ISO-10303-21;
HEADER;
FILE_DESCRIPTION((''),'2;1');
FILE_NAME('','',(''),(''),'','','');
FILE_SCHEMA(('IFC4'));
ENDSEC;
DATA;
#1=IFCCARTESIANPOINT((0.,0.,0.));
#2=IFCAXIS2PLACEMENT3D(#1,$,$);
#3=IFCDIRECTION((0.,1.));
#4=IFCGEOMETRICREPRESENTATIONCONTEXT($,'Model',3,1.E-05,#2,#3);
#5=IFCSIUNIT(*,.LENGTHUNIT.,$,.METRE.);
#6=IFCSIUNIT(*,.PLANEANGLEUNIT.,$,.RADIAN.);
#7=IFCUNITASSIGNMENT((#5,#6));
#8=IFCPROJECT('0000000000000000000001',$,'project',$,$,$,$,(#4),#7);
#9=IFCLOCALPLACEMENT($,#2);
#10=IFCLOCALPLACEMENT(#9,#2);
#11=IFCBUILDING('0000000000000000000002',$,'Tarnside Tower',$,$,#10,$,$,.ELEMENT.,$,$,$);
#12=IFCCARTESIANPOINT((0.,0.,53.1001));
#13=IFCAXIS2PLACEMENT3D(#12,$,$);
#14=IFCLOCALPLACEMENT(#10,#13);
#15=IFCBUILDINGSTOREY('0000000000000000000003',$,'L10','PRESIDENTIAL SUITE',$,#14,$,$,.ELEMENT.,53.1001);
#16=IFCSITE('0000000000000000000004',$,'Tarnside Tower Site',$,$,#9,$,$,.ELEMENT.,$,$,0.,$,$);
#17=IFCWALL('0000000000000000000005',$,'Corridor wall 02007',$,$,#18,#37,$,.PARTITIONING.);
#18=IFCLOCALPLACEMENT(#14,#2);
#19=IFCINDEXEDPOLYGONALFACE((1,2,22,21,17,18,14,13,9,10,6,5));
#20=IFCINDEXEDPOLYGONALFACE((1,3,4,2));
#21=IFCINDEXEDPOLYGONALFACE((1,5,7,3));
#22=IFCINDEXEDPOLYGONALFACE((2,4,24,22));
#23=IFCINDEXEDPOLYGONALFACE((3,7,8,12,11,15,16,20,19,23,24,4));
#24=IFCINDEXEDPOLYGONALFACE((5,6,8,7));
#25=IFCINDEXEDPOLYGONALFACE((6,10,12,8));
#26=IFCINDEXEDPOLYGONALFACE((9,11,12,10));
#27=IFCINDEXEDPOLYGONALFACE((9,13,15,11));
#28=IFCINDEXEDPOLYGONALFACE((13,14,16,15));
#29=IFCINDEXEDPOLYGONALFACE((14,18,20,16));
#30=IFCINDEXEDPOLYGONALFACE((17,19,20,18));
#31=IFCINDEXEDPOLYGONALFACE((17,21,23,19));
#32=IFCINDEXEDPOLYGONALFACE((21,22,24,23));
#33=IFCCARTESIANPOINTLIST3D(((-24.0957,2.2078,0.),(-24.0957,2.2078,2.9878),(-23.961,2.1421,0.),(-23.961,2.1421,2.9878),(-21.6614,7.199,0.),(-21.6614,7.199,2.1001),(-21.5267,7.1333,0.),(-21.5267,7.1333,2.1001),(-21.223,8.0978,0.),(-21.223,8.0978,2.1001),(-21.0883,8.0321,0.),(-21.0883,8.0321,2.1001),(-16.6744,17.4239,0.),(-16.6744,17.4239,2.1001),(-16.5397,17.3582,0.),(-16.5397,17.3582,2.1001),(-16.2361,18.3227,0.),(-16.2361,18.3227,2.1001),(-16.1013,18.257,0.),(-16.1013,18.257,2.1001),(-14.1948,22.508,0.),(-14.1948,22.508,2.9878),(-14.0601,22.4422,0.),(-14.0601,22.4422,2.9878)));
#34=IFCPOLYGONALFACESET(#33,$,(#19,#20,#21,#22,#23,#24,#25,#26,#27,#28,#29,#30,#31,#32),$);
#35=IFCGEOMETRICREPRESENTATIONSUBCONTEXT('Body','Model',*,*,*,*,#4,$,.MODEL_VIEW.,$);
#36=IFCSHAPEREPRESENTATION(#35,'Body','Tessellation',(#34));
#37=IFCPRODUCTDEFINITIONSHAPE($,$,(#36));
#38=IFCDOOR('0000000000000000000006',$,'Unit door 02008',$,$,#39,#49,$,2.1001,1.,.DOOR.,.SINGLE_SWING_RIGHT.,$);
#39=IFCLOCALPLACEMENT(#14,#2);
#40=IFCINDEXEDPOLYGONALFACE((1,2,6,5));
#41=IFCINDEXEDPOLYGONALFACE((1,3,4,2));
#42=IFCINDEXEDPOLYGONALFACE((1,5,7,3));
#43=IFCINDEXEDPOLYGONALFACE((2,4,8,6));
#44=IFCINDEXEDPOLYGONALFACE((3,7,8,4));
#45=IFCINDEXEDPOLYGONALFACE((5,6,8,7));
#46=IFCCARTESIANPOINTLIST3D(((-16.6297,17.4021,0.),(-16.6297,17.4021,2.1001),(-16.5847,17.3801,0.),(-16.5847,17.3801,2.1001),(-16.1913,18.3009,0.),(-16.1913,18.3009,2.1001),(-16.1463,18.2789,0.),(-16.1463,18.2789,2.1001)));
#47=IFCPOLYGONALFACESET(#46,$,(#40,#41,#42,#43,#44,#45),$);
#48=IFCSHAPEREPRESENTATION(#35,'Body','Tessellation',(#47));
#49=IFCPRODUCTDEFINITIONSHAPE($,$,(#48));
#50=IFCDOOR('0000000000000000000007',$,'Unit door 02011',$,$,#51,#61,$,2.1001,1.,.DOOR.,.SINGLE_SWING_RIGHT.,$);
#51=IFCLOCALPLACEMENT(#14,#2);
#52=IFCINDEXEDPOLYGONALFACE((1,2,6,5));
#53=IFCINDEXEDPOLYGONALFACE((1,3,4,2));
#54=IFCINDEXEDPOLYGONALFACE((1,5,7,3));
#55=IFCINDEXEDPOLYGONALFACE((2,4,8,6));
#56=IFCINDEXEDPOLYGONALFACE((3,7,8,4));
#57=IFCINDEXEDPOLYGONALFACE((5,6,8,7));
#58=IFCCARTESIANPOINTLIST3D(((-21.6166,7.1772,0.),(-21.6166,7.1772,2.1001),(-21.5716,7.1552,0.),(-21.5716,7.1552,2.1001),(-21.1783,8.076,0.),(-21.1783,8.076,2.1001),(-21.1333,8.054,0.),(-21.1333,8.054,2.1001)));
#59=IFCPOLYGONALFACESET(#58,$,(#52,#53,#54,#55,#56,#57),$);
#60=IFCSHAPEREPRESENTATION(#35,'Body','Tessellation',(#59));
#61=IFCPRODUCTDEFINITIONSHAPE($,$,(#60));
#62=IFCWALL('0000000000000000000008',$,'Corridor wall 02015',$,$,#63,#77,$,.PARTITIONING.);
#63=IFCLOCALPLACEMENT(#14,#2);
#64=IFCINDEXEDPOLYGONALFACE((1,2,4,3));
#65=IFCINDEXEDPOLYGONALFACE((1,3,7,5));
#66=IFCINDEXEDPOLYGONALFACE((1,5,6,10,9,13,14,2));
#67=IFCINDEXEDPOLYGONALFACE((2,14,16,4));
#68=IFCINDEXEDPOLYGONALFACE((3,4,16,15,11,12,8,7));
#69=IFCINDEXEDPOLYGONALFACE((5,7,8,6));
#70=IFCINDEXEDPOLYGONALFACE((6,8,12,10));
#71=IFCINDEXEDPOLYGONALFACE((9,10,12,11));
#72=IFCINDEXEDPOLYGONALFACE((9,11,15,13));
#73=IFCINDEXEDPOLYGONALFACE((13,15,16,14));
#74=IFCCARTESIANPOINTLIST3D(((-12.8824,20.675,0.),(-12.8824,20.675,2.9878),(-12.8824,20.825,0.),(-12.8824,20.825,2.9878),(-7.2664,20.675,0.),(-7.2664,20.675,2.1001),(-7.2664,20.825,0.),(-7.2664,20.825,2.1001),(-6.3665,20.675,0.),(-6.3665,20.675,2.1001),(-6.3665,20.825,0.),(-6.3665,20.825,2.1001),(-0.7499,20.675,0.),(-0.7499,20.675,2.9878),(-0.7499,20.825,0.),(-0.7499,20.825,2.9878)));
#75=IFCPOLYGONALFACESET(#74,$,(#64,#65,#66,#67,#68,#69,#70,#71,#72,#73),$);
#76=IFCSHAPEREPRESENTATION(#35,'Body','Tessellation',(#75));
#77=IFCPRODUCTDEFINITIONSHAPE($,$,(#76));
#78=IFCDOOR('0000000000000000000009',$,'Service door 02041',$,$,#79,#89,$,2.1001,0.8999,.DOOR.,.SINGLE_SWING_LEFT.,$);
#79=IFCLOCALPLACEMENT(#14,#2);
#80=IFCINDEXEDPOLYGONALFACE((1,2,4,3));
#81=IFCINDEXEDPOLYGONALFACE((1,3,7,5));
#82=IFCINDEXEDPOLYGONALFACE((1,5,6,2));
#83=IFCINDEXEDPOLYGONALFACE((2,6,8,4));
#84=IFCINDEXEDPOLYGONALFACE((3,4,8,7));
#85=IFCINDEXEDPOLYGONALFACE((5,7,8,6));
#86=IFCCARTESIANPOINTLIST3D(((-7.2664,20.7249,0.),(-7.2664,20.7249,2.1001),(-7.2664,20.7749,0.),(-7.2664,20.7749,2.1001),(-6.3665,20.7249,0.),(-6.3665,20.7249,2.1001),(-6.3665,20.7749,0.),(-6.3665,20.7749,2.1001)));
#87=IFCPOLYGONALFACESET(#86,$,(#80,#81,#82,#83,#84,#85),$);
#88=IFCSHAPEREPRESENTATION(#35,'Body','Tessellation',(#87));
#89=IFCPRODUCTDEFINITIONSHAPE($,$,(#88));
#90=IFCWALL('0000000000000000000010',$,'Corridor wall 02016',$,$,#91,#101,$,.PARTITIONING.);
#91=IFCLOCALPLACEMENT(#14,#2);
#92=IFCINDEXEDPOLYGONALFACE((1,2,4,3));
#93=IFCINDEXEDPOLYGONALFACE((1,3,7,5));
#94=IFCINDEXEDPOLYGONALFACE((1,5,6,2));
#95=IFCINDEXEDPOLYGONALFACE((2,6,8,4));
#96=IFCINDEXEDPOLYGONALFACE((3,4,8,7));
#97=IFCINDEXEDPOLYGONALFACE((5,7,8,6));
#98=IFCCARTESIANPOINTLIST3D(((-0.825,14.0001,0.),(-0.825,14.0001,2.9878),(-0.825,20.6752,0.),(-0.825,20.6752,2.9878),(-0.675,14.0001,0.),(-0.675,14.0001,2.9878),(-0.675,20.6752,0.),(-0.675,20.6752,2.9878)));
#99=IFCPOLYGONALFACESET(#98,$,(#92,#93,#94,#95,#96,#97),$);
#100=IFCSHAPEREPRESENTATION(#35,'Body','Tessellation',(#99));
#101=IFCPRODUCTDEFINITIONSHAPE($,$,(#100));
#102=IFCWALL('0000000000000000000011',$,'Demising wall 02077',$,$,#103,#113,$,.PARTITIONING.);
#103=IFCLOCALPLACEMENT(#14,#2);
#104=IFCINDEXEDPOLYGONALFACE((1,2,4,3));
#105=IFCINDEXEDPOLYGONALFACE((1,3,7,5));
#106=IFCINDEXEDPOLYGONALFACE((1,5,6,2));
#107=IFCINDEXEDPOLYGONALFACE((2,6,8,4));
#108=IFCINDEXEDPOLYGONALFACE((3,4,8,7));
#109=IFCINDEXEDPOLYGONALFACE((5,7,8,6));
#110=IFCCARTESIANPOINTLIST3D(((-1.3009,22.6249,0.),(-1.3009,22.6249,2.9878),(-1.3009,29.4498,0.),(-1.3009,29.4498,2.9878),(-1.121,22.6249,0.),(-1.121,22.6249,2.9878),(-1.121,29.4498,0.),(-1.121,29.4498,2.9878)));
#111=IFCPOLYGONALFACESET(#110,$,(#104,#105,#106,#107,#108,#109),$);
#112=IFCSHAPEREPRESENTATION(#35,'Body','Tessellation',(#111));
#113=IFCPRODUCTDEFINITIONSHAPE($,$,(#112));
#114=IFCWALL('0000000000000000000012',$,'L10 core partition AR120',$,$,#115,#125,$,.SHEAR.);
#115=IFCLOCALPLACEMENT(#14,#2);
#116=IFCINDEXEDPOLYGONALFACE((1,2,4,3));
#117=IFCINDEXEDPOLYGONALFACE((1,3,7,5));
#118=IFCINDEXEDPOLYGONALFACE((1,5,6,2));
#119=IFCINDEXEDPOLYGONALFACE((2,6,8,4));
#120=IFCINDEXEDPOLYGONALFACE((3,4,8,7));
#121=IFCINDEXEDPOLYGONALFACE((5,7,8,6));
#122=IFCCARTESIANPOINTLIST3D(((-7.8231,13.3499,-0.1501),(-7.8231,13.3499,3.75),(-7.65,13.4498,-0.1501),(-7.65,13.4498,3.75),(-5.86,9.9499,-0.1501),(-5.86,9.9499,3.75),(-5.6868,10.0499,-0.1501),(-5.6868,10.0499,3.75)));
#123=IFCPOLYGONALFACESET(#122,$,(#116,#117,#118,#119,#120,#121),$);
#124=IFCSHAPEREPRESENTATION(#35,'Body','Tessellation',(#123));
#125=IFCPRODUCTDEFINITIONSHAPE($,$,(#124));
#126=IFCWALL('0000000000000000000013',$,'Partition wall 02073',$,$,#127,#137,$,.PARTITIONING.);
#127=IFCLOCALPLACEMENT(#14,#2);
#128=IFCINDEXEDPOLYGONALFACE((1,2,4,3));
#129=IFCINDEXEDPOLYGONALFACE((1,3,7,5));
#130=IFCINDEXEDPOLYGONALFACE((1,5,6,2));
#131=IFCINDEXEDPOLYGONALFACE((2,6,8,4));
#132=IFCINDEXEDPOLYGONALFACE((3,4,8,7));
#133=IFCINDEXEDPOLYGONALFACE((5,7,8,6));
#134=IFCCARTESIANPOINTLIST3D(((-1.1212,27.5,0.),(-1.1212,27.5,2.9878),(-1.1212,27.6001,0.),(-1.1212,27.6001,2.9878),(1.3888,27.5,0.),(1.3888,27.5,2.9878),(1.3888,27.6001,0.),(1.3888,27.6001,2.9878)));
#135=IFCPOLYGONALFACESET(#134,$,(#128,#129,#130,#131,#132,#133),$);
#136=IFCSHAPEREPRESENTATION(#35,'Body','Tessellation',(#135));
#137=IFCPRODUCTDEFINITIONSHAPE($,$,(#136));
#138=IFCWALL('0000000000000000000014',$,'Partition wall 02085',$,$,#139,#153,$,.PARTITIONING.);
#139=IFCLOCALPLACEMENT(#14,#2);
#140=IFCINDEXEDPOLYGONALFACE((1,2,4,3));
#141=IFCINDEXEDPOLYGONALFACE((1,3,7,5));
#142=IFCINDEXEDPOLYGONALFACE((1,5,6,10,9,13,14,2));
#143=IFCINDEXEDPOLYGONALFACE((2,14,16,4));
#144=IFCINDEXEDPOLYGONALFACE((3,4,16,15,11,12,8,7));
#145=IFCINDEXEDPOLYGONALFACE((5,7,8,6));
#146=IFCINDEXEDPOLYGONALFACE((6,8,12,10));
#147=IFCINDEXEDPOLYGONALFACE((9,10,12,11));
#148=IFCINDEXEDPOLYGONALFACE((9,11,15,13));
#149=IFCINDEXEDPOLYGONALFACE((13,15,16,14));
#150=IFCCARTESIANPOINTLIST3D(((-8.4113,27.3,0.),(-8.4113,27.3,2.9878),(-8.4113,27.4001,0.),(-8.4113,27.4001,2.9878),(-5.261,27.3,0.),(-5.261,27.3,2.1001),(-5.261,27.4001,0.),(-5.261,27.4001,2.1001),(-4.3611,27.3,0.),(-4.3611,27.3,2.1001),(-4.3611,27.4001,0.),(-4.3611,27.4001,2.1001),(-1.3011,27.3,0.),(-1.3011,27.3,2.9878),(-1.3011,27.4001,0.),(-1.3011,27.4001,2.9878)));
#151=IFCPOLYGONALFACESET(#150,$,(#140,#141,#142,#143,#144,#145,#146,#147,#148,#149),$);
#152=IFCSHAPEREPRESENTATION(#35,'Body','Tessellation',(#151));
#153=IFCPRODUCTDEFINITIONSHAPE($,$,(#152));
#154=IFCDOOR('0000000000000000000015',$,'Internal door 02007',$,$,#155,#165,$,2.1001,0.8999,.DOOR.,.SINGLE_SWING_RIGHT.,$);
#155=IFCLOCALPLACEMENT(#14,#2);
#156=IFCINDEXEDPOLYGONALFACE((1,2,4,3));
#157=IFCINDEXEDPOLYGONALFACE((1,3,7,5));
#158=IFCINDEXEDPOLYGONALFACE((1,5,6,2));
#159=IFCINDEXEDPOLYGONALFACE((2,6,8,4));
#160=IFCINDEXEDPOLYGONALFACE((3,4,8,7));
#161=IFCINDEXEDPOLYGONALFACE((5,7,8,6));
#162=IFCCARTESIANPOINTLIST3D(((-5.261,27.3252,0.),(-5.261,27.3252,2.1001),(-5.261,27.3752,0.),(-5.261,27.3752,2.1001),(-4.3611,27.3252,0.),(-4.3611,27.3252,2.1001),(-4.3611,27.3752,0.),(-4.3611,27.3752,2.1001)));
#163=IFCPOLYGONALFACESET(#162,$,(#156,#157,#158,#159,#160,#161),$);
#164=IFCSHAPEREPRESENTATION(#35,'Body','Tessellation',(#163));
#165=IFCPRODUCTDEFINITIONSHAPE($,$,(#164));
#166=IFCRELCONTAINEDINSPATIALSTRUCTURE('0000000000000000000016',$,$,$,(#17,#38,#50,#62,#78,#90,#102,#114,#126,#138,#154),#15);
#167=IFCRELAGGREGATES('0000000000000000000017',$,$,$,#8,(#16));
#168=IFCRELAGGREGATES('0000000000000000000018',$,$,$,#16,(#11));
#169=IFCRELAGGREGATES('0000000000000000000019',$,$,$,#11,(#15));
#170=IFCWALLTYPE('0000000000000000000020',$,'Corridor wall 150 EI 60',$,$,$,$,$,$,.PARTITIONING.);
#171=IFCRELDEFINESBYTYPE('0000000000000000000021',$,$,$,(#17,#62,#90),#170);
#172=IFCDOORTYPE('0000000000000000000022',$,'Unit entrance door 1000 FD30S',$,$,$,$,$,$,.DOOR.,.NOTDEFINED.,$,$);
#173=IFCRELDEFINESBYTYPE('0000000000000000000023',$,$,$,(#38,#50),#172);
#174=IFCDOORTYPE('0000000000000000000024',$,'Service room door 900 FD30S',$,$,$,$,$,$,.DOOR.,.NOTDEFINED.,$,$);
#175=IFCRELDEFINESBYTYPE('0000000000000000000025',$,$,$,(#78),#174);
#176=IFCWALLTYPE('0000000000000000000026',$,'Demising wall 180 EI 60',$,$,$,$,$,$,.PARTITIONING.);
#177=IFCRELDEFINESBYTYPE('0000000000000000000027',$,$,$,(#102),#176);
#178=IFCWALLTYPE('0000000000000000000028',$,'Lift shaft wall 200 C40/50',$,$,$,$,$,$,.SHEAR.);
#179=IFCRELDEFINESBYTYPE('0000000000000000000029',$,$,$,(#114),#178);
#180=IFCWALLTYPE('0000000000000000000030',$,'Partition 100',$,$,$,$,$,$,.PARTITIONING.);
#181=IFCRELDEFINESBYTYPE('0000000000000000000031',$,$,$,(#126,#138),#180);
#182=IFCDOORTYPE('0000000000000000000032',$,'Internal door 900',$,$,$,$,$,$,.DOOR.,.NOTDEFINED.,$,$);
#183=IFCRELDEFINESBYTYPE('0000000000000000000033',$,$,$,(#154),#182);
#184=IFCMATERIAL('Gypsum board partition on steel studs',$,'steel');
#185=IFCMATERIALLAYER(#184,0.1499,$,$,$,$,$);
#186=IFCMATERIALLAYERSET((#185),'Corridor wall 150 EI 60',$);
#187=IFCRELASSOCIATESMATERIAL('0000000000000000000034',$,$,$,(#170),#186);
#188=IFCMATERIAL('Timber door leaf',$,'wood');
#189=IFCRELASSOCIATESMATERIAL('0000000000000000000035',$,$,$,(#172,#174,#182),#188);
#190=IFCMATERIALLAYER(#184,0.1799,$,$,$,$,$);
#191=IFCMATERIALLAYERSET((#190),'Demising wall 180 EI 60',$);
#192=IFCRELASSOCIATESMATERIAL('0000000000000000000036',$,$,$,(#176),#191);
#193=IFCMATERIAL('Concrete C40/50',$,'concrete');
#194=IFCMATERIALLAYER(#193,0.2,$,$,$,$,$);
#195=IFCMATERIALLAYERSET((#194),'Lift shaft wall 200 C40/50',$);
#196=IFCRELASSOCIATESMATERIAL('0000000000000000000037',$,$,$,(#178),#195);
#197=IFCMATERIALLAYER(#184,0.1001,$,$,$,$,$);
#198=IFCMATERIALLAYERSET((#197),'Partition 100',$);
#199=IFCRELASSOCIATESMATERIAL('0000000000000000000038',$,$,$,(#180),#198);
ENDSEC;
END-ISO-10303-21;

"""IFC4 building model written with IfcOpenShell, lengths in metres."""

from ifc_helpers import new_model, si_unit, direction, frame, frame_2d, origin, place, context, subcontext, project, spatial, rectangle, extrude, material, layer, layer_set, type_object, element, fill, save


model = new_model("IFC4")

# Units and contexts
model_context = context("Model", 3, precision=1e-05, world=origin(), true_north=direction((0.0, 1.0)))
body_context = subcontext(model_context, "Body", "Model", "MODEL_VIEW")
ifc_project = project(units=[si_unit("LENGTHUNIT", "METRE"), si_unit("PLANEANGLEUNIT", "RADIAN")], contexts=[model_context])

# Site, building, storey
site_placement = place(None, origin())
site = spatial("IfcSite", under=ifc_project, at=site_placement, Name="Tarnside Tower Site", CompositionType="ELEMENT", RefElevation=0.0)
building_placement = place(site_placement, origin())
building = spatial("IfcBuilding", under=site, at=building_placement, Name="Tarnside Tower", CompositionType="ELEMENT")
storey_placement = place(building_placement, frame((0.0, 0.0, 53.1001)))
storey = spatial("IfcBuildingStorey", under=building, at=storey_placement, Name="L10", Description="PRESIDENTIAL SUITE", CompositionType="ELEMENT", Elevation=53.1001)

# Shared definitions
ifc_material_1 = material(Name="Gypsum board partition on steel studs", Category="steel")

# Shared definitions
ifc_material_2 = material(Name="Timber door leaf", Category="wood")

# Wall, openings, doors
ifc_layer_1 = layer(ifc_material_1, 0.1499)
ifc_layer_set_1 = layer_set([ifc_layer_1], Name="Corridor wall 150 EI 60")
wall_type_1 = type_object("IfcWallType", Name="Corridor wall 150 EI 60", PredefinedType="PARTITIONING", material=ifc_layer_set_1)
wall_1_placement = place(storey_placement, frame((-14.1274, 22.4751, 0.0), z_axis=(0.0, 0.0, 1.0), x_axis=(-0.438367, -0.898796, 0.0)))
wall_1 = element("IfcWall", 1, at=wall_1_placement, inside=storey, type_object=wall_type_1, Name="Corridor wall 02007", PredefinedType="PARTITIONING", context=body_context, shape_type="SweptSolid", body=[
    extrude(rectangle(XDim=22.5859, YDim=0.1499, at=frame_2d((11.293, 0.0))), origin(), (0.0, 0.0, 1.0), 2.9878),
])
opening_1_placement = place(wall_1_placement, frame((4.6565, 0.0, 0.0)))
opening_1 = element("IfcOpeningElement", 2, at=opening_1_placement, cuts=wall_1, PredefinedType="OPENING", context=body_context, shape_type="SweptSolid", body=[
    extrude(rectangle(XDim=1.0, YDim=2.1001, at=frame_2d((0.5, 1.05))), frame((0.0, 0.085, 0.0), z_axis=(0.0, -1.0, 0.0), x_axis=(1.0, 0.0, 0.0)), (0.0, 0.0, 1.0), 0.1699),
])
opening_2_placement = place(wall_1_placement, frame((16.0327, 0.0, 0.0)))
opening_2 = element("IfcOpeningElement", 3, at=opening_2_placement, cuts=wall_1, PredefinedType="OPENING", context=body_context, shape_type="SweptSolid", body=[
    extrude(rectangle(XDim=1.0, YDim=2.1001, at=frame_2d((0.5, 1.05))), frame((0.0, 0.085, 0.0), z_axis=(0.0, -1.0, 0.0), x_axis=(1.0, 0.0, 0.0)), (0.0, 0.0, 1.0), 0.1699),
])
door_type_1 = type_object("IfcDoorType", Name="Unit entrance door 1000 FD30S", OperationType="NOTDEFINED", PredefinedType="DOOR", material=ifc_material_2)
door_1_placement = place(opening_1_placement, origin())
door_1 = element("IfcDoor", 4, at=door_1_placement, inside=storey, type_object=door_type_1, Name="Unit door 02008", OperationType="SINGLE_SWING_RIGHT", OverallHeight=2.1001, OverallWidth=1.0, PredefinedType="DOOR", context=body_context, shape_type="SweptSolid", body=[
    extrude(rectangle(XDim=1.0, YDim=2.1001, at=frame_2d((0.5, 1.05))), frame((0.0, 0.0249, 0.0), z_axis=(0.0, -1.0, 0.0), x_axis=(1.0, 0.0, 0.0)), (0.0, 0.0, 1.0), 0.05),
])
fill(opening_1, door_1)
door_2_placement = place(opening_2_placement, origin())
door_2 = element("IfcDoor", 5, at=door_2_placement, inside=storey, type_object=door_type_1, Name="Unit door 02011", OperationType="SINGLE_SWING_RIGHT", OverallHeight=2.1001, OverallWidth=1.0, PredefinedType="DOOR", context=body_context, shape_type="SweptSolid", body=[
    extrude(rectangle(XDim=1.0, YDim=2.1001, at=frame_2d((0.5, 1.05))), frame((0.0, 0.0249, 0.0), z_axis=(0.0, -1.0, 0.0), x_axis=(1.0, 0.0, 0.0)), (0.0, 0.0, 1.0), 0.05),
])
fill(opening_2, door_2)

# Wall, opening, door
wall_2_placement = place(storey_placement, frame((-12.8826, 20.75, 0.0), z_axis=(0.0, 0.0, 1.0), x_axis=(1.0, 0.0, 0.0)))
wall_2 = element("IfcWall", 6, at=wall_2_placement, inside=storey, type_object=wall_type_1, Name="Corridor wall 02015", PredefinedType="PARTITIONING", context=body_context, shape_type="SweptSolid", body=[
    extrude(rectangle(XDim=12.1326, YDim=0.1499, at=frame_2d((6.0664, 0.0))), origin(), (0.0, 0.0, 1.0), 2.9878),
])
opening_3_placement = place(wall_2_placement, frame((5.6162, 0.0, 0.0)))
opening_3 = element("IfcOpeningElement", 7, at=opening_3_placement, cuts=wall_2, PredefinedType="OPENING", context=body_context, shape_type="SweptSolid", body=[
    extrude(rectangle(XDim=0.8999, YDim=2.1001, at=frame_2d((0.45, 1.05))), frame((0.0, 0.085, 0.0), z_axis=(0.0, -1.0, 0.0), x_axis=(1.0, 0.0, 0.0)), (0.0, 0.0, 1.0), 0.1699),
])
door_type_2 = type_object("IfcDoorType", Name="Service room door 900 FD30S", OperationType="NOTDEFINED", PredefinedType="DOOR", material=ifc_material_2)
door_3_placement = place(opening_3_placement, origin())
door_3 = element("IfcDoor", 8, at=door_3_placement, inside=storey, type_object=door_type_2, Name="Service door 02041", OperationType="SINGLE_SWING_LEFT", OverallHeight=2.1001, OverallWidth=0.8999, PredefinedType="DOOR", context=body_context, shape_type="SweptSolid", body=[
    extrude(rectangle(XDim=0.8999, YDim=2.1001, at=frame_2d((0.45, 1.05))), frame((0.0, 0.0249, 0.0), z_axis=(0.0, -1.0, 0.0), x_axis=(1.0, 0.0, 0.0)), (0.0, 0.0, 1.0), 0.05),
])
fill(opening_3, door_3)

# Walls
wall_3_placement = place(storey_placement, frame((-0.75, 20.675, 0.0), z_axis=(0.0, 0.0, 1.0), x_axis=(0.0, -1.0, 0.0)))
element("IfcWall", 9, at=wall_3_placement, inside=storey, type_object=wall_type_1, Name="Corridor wall 02016", PredefinedType="PARTITIONING", context=body_context, shape_type="SweptSolid", body=[
    extrude(rectangle(XDim=6.675, YDim=0.1499, at=frame_2d((3.3374, 0.0))), origin(), (0.0, 0.0, 1.0), 2.9878),
])
ifc_layer_2 = layer(ifc_material_1, 0.1799)
ifc_layer_set_2 = layer_set([ifc_layer_2], Name="Demising wall 180 EI 60")
wall_type_2 = type_object("IfcWallType", Name="Demising wall 180 EI 60", PredefinedType="PARTITIONING", material=ifc_layer_set_2)
wall_4_placement = place(storey_placement, frame((-1.2109, 29.45, 0.0), z_axis=(0.0, 0.0, 1.0), x_axis=(0.0, -1.0, 0.0)))
element("IfcWall", 10, at=wall_4_placement, inside=storey, type_object=wall_type_2, Name="Demising wall 02077", PredefinedType="PARTITIONING", context=body_context, shape_type="SweptSolid", body=[
    extrude(rectangle(XDim=6.825, YDim=0.1799, at=frame_2d((3.4126, 0.0))), origin(), (0.0, 0.0, 1.0), 2.9878),
])
ifc_material_3 = material(Name="Concrete C40/50", Category="concrete")
ifc_layer_3 = layer(ifc_material_3, 0.2)
ifc_layer_set_3 = layer_set([ifc_layer_3], Name="Lift shaft wall 200 C40/50")
wall_type_3 = type_object("IfcWallType", Name="Lift shaft wall 200 C40/50", PredefinedType="SHEAR", material=ifc_layer_set_3)
wall_5_placement = place(storey_placement, frame((-5.7734, 10.0, -0.1501), z_axis=(0.0, 0.0, 1.0), x_axis=(-0.500038, 0.866003, 0.0)))
element("IfcWall", 11, at=wall_5_placement, inside=storey, type_object=wall_type_3, Name="L10 core partition AR120", PredefinedType="SHEAR", context=body_context, shape_type="SweptSolid", body=[
    extrude(rectangle(XDim=3.926, YDim=0.2, at=frame_2d((1.9629, 0.0))), origin(), (0.0, 0.0, 1.0), 3.9001),
])
ifc_layer_4 = layer(ifc_material_1, 0.1001)
ifc_layer_set_4 = layer_set([ifc_layer_4], Name="Partition 100")
wall_type_4 = type_object("IfcWallType", Name="Partition 100", PredefinedType="PARTITIONING", material=ifc_layer_set_4)
wall_6_placement = place(storey_placement, frame((-1.1211, 27.55, 0.0), z_axis=(0.0, 0.0, 1.0), x_axis=(1.0, 0.0, 0.0)))
element("IfcWall", 12, at=wall_6_placement, inside=storey, type_object=wall_type_4, Name="Partition wall 02073", PredefinedType="PARTITIONING", context=body_context, shape_type="SweptSolid", body=[
    extrude(rectangle(XDim=2.51, YDim=0.1001, at=frame_2d((1.2549, 0.0))), origin(), (0.0, 0.0, 1.0), 2.9878),
])

# Wall, opening, door
wall_7_placement = place(storey_placement, frame((-1.301, 27.3501, 0.0), z_axis=(0.0, 0.0, 1.0), x_axis=(-1.0, 0.0, 0.0)))
wall_7 = element("IfcWall", 13, at=wall_7_placement, inside=storey, type_object=wall_type_4, Name="Partition wall 02085", PredefinedType="PARTITIONING", context=body_context, shape_type="SweptSolid", body=[
    extrude(rectangle(XDim=7.1101, YDim=0.1001, at=frame_2d((3.5552, 0.0))), origin(), (0.0, 0.0, 1.0), 2.9878),
])
opening_4_placement = place(wall_7_placement, frame((3.0601, 0.0, 0.0)))
opening_4 = element("IfcOpeningElement", 14, at=opening_4_placement, cuts=wall_7, PredefinedType="OPENING", context=body_context, shape_type="SweptSolid", body=[
    extrude(rectangle(XDim=0.8999, YDim=2.1001, at=frame_2d((0.45, 1.05))), frame((0.0, 0.0601, 0.0), z_axis=(0.0, -1.0, 0.0), x_axis=(1.0, 0.0, 0.0)), (0.0, 0.0, 1.0), 0.1201),
])
door_type_3 = type_object("IfcDoorType", Name="Internal door 900", OperationType="NOTDEFINED", PredefinedType="DOOR", material=ifc_material_2)
door_4_placement = place(opening_4_placement, origin())
door_4 = element("IfcDoor", 15, at=door_4_placement, inside=storey, type_object=door_type_3, Name="Internal door 02007", OperationType="SINGLE_SWING_RIGHT", OverallHeight=2.1001, OverallWidth=0.8999, PredefinedType="DOOR", context=body_context, shape_type="SweptSolid", body=[
    extrude(rectangle(XDim=0.8999, YDim=2.1001, at=frame_2d((0.45, 1.05))), frame((0.0, 0.0249, 0.0), z_axis=(0.0, -1.0, 0.0), x_axis=(1.0, 0.0, 0.0)), (0.0, 0.0, 1.0), 0.05),
])
fill(opening_4, door_4)

save(model, "model.ifc")
